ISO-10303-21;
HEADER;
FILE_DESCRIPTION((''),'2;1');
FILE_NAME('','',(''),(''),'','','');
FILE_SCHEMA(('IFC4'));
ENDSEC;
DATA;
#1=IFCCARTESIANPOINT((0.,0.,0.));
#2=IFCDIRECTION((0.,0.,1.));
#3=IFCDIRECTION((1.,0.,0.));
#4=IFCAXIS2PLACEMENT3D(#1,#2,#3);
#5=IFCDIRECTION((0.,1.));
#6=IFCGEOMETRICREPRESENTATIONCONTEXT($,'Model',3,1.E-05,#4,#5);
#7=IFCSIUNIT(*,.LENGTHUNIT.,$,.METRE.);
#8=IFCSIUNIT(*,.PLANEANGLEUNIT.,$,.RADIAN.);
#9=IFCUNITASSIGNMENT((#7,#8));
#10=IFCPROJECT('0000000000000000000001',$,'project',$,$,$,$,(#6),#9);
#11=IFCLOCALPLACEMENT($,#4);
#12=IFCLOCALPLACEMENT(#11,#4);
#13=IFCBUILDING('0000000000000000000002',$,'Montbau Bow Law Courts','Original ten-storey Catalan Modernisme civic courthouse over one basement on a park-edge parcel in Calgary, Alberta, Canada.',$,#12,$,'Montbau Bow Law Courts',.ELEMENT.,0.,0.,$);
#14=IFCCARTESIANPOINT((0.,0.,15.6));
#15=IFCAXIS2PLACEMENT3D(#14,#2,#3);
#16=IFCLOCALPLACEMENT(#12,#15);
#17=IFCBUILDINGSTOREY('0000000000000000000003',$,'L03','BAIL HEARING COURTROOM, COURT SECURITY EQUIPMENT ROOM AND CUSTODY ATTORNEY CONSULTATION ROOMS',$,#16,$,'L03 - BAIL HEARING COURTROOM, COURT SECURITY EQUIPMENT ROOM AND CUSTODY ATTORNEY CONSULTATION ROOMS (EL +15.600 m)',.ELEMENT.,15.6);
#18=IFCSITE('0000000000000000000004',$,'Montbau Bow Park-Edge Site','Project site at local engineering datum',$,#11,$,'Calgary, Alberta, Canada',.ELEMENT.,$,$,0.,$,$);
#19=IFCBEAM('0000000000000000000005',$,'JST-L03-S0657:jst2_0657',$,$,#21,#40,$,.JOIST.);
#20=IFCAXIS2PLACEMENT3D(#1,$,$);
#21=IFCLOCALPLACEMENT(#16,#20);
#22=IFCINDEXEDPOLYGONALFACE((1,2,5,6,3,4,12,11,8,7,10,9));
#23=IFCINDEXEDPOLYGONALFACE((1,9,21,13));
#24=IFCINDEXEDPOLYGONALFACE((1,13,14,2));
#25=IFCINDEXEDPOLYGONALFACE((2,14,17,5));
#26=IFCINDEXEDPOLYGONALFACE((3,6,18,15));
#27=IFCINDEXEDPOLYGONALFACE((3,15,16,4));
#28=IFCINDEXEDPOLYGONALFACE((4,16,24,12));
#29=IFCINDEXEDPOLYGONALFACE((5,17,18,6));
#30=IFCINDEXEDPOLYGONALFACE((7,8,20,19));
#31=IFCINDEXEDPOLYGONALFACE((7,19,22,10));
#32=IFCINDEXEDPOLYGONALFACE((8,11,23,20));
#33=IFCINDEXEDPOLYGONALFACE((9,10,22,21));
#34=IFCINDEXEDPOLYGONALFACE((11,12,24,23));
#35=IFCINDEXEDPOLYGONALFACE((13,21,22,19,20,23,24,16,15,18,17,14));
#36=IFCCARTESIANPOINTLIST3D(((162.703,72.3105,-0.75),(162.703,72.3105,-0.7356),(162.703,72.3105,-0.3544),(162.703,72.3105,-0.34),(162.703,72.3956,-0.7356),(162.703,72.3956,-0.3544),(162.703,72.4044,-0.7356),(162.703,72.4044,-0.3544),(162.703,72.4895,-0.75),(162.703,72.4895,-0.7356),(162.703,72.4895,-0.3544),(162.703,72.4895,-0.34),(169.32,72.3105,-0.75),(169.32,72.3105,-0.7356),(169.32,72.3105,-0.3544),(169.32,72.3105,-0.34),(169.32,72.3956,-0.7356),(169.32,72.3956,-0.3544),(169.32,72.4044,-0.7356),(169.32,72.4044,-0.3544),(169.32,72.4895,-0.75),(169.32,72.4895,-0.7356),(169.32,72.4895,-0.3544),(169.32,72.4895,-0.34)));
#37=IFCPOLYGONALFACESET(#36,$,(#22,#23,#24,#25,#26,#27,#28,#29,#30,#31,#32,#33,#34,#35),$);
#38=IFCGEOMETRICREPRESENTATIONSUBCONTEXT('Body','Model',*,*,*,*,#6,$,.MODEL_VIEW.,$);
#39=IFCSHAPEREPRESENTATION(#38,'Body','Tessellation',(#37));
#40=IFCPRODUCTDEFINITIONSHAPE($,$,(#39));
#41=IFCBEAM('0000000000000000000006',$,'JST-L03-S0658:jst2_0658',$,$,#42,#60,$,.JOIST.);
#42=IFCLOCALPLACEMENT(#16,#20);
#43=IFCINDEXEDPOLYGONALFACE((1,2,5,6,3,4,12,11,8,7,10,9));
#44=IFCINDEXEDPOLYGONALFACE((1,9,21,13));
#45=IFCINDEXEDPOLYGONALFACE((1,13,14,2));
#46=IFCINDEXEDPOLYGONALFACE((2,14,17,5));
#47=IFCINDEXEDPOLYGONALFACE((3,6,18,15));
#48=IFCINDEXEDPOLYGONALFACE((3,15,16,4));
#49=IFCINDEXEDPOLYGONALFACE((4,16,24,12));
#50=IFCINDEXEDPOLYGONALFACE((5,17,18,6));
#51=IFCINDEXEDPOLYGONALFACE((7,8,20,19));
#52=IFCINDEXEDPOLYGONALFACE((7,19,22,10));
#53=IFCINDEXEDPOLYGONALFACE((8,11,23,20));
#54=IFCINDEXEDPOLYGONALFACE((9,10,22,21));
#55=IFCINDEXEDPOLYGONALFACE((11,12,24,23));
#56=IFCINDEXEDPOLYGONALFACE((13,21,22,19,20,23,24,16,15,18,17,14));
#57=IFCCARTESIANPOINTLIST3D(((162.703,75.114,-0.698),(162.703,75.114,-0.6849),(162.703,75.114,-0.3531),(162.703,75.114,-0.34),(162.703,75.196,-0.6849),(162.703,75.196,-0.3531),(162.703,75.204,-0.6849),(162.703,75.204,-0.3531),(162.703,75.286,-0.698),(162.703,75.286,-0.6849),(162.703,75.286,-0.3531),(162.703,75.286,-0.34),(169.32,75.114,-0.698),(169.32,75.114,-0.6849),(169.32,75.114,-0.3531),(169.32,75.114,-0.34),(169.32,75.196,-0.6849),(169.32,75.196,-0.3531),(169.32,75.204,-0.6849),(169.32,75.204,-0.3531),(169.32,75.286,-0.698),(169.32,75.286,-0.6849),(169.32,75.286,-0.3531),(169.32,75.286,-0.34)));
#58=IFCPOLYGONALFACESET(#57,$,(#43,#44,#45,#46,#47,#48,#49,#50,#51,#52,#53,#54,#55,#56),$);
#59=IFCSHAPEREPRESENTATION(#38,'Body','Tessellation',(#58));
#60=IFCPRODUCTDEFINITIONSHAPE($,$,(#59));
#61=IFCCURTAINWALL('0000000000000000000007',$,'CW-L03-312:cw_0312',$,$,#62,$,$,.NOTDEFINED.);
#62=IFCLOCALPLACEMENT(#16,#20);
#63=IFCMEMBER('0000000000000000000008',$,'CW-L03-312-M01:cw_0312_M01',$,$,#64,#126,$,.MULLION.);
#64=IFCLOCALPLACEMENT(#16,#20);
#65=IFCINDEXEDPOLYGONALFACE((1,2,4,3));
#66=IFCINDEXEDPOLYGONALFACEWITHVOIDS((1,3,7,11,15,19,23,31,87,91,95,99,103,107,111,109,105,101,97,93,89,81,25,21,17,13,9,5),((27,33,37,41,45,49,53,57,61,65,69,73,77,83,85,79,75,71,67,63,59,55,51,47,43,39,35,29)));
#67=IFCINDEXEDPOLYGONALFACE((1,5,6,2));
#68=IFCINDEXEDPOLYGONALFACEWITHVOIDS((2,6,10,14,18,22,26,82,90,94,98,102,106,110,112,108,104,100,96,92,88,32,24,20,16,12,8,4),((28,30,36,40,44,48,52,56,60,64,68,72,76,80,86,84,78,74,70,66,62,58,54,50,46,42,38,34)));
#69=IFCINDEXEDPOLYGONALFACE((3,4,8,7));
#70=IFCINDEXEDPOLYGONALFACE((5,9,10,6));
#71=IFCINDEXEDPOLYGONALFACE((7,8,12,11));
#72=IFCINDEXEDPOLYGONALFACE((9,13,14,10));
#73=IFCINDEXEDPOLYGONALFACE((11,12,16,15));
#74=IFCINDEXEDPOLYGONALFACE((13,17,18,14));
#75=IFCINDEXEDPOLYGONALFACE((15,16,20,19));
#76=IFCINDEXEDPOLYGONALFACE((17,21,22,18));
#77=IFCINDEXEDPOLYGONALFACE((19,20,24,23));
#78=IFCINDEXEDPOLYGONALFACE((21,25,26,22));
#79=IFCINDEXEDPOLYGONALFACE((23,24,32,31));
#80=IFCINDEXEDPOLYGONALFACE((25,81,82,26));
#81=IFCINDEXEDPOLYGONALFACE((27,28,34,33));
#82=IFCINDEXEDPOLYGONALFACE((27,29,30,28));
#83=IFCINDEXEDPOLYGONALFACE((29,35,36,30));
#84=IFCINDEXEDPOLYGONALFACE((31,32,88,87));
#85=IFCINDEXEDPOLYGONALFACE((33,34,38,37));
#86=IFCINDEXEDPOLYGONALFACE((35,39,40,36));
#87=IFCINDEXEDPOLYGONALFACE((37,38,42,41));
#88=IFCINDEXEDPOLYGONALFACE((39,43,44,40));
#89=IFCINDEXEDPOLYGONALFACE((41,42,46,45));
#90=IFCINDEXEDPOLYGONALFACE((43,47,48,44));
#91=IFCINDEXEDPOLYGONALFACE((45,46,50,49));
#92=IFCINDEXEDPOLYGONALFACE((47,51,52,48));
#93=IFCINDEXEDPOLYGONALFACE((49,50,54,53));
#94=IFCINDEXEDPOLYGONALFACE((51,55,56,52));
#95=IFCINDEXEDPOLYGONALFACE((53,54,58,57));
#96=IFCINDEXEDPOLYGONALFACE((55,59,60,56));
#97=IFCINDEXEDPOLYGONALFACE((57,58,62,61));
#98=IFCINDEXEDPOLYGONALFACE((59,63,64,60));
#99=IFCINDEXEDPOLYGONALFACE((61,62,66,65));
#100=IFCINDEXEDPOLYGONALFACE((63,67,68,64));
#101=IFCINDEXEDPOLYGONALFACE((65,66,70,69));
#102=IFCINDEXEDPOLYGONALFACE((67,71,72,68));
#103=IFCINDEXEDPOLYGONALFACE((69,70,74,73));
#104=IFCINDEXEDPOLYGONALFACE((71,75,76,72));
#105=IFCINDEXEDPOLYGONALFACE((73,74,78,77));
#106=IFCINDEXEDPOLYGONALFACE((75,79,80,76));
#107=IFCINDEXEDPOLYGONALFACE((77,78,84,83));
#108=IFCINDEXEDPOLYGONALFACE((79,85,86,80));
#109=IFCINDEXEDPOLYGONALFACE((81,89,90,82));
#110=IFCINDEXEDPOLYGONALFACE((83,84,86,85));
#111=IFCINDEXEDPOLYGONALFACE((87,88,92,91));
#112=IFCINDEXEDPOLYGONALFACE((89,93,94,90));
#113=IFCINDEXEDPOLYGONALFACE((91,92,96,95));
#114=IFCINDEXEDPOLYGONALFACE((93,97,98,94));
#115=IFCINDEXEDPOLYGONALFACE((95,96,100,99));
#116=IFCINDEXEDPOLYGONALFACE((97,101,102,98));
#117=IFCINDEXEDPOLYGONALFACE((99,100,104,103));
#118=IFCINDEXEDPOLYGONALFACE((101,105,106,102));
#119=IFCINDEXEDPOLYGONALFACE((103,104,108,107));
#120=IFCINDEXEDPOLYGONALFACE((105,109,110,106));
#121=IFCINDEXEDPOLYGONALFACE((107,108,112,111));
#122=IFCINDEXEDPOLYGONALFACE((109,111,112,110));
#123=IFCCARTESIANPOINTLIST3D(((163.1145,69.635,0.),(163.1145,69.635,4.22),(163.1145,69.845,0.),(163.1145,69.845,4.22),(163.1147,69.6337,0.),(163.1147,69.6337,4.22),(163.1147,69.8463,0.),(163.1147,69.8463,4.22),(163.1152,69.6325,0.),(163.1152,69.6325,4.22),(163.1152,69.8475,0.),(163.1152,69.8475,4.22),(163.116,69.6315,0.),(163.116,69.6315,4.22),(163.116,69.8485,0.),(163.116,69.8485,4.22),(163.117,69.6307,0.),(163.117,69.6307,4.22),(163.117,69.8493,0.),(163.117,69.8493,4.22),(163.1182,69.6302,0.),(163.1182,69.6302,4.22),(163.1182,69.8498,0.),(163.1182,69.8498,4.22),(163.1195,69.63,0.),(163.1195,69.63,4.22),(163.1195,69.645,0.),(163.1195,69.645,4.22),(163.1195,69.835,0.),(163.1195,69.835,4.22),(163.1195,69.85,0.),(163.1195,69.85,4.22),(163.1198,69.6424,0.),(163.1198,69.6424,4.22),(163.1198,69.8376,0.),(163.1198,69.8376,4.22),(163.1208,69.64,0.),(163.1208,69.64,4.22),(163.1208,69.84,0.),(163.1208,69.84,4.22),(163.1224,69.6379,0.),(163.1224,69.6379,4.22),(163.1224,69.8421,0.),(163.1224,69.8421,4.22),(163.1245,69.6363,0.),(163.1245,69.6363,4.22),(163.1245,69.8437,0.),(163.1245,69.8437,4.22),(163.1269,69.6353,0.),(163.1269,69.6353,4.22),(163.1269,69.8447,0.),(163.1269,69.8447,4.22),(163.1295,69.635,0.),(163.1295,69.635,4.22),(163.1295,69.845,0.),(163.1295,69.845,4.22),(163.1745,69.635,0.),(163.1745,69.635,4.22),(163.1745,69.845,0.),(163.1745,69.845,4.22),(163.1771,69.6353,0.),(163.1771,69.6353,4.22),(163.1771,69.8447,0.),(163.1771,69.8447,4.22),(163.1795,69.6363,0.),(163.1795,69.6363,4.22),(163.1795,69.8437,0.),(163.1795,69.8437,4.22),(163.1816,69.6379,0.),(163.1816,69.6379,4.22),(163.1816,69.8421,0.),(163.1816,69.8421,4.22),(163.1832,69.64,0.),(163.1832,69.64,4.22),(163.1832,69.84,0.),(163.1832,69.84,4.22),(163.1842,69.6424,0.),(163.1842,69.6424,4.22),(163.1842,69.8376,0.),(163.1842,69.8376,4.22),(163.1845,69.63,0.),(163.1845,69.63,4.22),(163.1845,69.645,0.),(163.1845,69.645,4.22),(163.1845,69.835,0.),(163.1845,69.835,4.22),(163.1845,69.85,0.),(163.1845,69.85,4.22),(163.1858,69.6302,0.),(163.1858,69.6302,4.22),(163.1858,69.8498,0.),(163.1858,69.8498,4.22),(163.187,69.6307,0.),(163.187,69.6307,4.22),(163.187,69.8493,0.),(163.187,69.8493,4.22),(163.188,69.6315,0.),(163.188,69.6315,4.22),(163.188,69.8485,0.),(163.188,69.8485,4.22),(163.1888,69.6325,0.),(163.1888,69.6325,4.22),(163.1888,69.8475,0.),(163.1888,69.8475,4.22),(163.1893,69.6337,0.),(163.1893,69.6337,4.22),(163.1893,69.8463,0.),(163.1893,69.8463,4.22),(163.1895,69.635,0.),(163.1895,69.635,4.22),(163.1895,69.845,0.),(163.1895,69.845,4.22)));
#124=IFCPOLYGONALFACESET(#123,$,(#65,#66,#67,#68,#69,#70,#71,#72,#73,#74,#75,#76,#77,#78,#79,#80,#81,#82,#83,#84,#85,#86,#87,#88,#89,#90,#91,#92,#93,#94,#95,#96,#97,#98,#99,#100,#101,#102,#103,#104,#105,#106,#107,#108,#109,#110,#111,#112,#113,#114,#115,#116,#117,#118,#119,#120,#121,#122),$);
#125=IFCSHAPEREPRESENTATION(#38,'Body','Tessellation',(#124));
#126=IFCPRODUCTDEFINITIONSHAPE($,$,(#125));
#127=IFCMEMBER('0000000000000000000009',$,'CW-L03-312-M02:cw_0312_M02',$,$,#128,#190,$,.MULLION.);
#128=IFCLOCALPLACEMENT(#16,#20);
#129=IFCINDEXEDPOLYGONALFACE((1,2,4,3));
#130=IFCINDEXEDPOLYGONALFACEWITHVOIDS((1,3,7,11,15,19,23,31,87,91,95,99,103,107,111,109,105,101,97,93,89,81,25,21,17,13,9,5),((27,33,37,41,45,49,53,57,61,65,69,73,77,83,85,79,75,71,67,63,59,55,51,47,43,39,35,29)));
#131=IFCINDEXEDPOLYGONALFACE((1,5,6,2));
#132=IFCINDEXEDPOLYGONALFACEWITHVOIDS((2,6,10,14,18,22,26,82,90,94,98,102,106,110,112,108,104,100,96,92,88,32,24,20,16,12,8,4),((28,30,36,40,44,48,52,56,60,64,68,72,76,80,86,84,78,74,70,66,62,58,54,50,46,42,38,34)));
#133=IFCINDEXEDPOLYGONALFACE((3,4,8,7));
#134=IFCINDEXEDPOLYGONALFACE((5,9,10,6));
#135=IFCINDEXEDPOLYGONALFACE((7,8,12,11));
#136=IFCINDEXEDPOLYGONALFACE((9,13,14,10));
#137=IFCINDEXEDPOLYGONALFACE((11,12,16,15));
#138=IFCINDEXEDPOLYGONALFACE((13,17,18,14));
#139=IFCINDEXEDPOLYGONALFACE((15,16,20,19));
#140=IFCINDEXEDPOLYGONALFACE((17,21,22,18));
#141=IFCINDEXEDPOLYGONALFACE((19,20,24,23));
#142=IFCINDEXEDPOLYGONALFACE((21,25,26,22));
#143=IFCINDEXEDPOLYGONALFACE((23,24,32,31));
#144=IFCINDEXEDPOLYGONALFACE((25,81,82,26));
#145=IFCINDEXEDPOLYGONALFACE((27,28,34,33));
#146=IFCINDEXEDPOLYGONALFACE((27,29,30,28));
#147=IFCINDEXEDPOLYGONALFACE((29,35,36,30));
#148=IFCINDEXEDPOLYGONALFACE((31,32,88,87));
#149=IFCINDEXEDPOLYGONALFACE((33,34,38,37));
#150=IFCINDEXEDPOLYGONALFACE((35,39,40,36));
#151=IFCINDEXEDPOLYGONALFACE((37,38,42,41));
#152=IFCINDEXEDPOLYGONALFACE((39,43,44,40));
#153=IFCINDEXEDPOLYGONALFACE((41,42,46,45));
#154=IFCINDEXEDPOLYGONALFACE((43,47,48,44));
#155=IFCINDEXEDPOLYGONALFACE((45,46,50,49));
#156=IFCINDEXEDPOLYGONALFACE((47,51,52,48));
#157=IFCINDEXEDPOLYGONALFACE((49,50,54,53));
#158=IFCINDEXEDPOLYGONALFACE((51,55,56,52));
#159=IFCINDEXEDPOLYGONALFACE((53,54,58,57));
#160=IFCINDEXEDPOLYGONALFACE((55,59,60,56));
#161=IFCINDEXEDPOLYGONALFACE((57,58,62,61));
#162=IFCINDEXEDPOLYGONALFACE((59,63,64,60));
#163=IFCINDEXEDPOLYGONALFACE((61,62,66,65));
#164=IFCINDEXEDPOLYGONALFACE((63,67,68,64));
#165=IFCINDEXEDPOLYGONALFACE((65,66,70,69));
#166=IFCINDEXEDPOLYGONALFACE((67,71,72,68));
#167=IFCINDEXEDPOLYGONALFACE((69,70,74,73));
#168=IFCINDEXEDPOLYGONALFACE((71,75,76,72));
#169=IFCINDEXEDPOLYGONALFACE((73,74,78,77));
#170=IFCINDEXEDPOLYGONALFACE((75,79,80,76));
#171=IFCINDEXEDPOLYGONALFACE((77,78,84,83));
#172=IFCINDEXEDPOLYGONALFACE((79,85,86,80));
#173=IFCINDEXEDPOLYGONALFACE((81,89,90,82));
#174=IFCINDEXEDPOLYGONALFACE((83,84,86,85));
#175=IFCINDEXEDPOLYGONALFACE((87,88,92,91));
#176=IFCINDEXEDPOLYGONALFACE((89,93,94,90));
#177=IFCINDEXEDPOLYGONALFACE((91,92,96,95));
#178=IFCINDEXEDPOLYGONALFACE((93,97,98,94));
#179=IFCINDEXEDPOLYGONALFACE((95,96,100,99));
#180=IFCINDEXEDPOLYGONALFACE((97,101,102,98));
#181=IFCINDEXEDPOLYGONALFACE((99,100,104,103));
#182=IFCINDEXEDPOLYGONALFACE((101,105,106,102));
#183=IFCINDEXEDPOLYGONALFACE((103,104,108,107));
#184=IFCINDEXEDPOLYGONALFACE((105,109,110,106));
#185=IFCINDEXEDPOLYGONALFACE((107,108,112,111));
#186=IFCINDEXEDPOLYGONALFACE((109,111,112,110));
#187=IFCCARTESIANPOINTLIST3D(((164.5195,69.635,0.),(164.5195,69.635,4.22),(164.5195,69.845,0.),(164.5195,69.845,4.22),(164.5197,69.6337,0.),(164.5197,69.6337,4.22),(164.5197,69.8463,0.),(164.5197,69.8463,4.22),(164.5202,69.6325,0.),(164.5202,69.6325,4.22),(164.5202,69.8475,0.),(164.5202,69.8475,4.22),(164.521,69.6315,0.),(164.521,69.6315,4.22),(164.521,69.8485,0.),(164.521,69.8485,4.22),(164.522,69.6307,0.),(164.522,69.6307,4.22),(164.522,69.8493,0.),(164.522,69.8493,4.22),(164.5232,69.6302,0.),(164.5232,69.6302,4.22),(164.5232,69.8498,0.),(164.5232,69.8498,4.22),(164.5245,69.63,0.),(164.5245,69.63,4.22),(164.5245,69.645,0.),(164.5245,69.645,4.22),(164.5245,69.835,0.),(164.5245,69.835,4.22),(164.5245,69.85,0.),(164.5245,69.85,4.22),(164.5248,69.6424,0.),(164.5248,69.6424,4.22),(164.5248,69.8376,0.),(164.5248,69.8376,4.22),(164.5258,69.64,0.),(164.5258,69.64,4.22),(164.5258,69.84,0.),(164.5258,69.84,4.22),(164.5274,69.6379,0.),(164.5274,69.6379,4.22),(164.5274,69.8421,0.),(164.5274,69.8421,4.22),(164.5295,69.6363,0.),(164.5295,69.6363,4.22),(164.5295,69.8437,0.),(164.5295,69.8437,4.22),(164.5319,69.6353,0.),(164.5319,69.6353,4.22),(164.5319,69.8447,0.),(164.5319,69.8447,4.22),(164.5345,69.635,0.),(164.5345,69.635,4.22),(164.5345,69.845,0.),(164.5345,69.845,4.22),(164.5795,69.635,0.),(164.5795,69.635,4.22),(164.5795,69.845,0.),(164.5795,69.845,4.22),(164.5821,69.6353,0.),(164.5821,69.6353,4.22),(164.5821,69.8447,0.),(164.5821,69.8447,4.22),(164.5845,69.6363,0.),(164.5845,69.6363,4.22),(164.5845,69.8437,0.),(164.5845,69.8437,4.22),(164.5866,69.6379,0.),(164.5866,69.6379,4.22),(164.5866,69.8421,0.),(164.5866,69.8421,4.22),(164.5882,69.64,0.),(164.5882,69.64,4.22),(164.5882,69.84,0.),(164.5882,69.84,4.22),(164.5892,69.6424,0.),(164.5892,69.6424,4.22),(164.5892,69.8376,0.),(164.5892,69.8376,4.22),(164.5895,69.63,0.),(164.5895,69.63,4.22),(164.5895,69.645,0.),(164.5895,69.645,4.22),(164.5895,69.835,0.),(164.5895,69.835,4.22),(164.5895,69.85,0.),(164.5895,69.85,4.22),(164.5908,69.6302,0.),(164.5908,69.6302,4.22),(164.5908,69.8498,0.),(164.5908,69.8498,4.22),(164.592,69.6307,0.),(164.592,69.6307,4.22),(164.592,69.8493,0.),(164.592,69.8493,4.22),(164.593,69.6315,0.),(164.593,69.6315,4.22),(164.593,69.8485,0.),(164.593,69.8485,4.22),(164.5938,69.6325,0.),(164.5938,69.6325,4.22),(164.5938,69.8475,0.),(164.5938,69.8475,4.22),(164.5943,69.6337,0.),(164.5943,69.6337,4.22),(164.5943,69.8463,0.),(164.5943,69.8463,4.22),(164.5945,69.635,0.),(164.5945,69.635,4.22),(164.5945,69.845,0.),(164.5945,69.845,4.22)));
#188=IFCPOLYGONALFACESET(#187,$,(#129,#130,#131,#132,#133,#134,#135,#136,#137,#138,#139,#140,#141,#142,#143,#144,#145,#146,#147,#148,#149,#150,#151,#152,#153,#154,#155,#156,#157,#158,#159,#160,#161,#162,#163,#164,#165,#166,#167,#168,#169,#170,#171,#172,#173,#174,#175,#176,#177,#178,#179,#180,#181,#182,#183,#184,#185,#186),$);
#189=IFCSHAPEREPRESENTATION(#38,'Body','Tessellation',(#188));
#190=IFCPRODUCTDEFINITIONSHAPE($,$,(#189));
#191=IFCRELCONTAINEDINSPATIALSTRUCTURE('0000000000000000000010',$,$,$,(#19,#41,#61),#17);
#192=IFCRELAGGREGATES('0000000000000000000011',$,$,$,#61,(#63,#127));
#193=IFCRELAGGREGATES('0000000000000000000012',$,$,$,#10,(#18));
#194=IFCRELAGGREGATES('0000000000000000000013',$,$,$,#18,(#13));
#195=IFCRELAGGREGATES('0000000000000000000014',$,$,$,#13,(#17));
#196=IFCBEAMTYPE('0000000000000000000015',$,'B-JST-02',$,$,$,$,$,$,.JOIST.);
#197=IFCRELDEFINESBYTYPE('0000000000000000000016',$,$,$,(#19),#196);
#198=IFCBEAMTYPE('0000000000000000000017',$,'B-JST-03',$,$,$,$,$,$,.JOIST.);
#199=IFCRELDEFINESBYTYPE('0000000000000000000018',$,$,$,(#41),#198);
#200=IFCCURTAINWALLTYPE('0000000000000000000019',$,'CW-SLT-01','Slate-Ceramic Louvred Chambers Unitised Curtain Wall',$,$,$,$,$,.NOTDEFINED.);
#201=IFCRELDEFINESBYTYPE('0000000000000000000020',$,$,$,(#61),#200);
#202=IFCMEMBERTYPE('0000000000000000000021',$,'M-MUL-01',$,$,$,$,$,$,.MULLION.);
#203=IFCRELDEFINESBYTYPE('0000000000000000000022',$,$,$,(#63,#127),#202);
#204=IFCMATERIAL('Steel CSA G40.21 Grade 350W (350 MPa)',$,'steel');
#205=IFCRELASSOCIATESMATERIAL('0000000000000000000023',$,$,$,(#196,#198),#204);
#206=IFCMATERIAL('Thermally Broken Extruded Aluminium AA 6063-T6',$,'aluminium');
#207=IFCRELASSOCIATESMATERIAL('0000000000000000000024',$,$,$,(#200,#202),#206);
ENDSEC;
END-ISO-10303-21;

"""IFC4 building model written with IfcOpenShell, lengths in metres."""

from ifc_helpers import new_model, si_unit, direction, frame, origin_with_axes, origin_2d_with_axis, place, context, subcontext, project, spatial, hollow_rectangle, i_section, extrude, material, material_profile, profile_set, type_object, element, aggregate, save


model = new_model("IFC4")

# Units and contexts
model_context = context("Model", 3, precision=1e-05, world=origin_with_axes(), true_north=direction((0.0, 1.0)))
body_context = subcontext(model_context, "Body", "Model", "MODEL_VIEW")
ifc_project = project(units=[si_unit("LENGTHUNIT", "METRE"), si_unit("PLANEANGLEUNIT", "RADIAN")], contexts=[model_context])

# Site, building, storey
site_placement = place(None, origin_with_axes())
site = spatial("IfcSite", under=ifc_project, at=site_placement, Name="Montbau Bow Park-Edge Site", Description="Project site at local engineering datum", LongName="Calgary, Alberta, Canada", CompositionType="ELEMENT", RefElevation=0.0)
building_placement = place(site_placement, origin_with_axes())
building = spatial("IfcBuilding", under=site, at=building_placement, Name="Montbau Bow Law Courts", Description="Original ten-storey Catalan Modernisme civic courthouse over one basement on a park-edge parcel in Calgary, Alberta, Canada.", LongName="Montbau Bow Law Courts", CompositionType="ELEMENT", ElevationOfRefHeight=0.0, ElevationOfTerrain=0.0)
storey_placement = place(building_placement, frame((0.0, 0.0, 15.6), z_axis=(0.0, 0.0, 1.0), x_axis=(1.0, 0.0, 0.0)))
storey = spatial("IfcBuildingStorey", under=building, at=storey_placement, Name="L03", Description="BAIL HEARING COURTROOM, COURT SECURITY EQUIPMENT ROOM AND CUSTODY ATTORNEY CONSULTATION ROOMS", LongName="L03 - BAIL HEARING COURTROOM, COURT SECURITY EQUIPMENT ROOM AND CUSTODY ATTORNEY CONSULTATION ROOMS (EL +15.600 m)", CompositionType="ELEMENT", Elevation=15.6)

# Beams
ifc_material_1 = material(Name="Steel CSA G40.21 Grade 350W (350 MPa)", Category="steel")
ifc_material_profile_1 = material_profile(ifc_material_1, i_section(OverallWidth=0.179, OverallDepth=0.41, WebThickness=0.0088, FlangeThickness=0.0144, at=origin_2d_with_axis()), Name="W410X67", Category="Main", Priority=0)
ifc_profile_set_1 = profile_set([ifc_material_profile_1], Name="Steel CSA G40.21 Grade 350W (350 MPa)")
beam_type_1 = type_object("IfcBeamType", Name="B-JST-02", PredefinedType="JOIST", material=ifc_profile_set_1)
beam_1_placement = place(None, frame((162.703, 72.4, 15.055), z_axis=(1.0, 0.0, 0.0), x_axis=(0.0, 1.0, 0.0)))
element("IfcBeam", 1, at=beam_1_placement, inside=storey, type_object=beam_type_1, Name="JST-L03-S0657:jst2_0657", PredefinedType="JOIST", context=body_context, shape_type="SweptSolid", body=[
    extrude(i_section(OverallWidth=0.179, OverallDepth=0.41, WebThickness=0.0088, FlangeThickness=0.0144, at=origin_2d_with_axis()), origin_with_axes(), (0.0, 0.0, 1.0), 6.617),
])
ifc_material_profile_2 = material_profile(ifc_material_1, i_section(OverallWidth=0.172, OverallDepth=0.358, WebThickness=0.0079, FlangeThickness=0.0131, at=origin_2d_with_axis()), Name="W360X57", Category="Main", Priority=0)
ifc_profile_set_2 = profile_set([ifc_material_profile_2], Name="Steel CSA G40.21 Grade 350W (350 MPa)")
beam_type_2 = type_object("IfcBeamType", Name="B-JST-03", PredefinedType="JOIST", material=ifc_profile_set_2)
beam_2_placement = place(None, frame((162.703, 75.2, 15.081), z_axis=(1.0, 0.0, 0.0), x_axis=(0.0, 1.0, 0.0)))
element("IfcBeam", 2, at=beam_2_placement, inside=storey, type_object=beam_type_2, Name="JST-L03-S0658:jst2_0658", PredefinedType="JOIST", context=body_context, shape_type="SweptSolid", body=[
    extrude(i_section(OverallWidth=0.172, OverallDepth=0.358, WebThickness=0.0079, FlangeThickness=0.0131, at=origin_2d_with_axis()), origin_with_axes(), (0.0, 0.0, 1.0), 6.617),
])

# Curtain wall, members
ifc_material_2 = material(Name="Thermally Broken Extruded Aluminium AA 6063-T6", Category="aluminium")
curtain_wall_type = type_object("IfcCurtainWallType", Name="CW-SLT-01", Description="Slate-Ceramic Louvred Chambers Unitised Curtain Wall", PredefinedType="NOTDEFINED", material=ifc_material_2)
curtain_wall_1_placement = place(None, frame((163.115, 69.74, 15.6), z_axis=(0.0, 0.0, 1.0), x_axis=(1.0, 0.0, 0.0)))
curtain_wall_1 = element("IfcCurtainWall", 3, at=curtain_wall_1_placement, inside=storey, type_object=curtain_wall_type, Name="CW-L03-312:cw_0312", PredefinedType="NOTDEFINED")
ifc_material_profile_3 = material_profile(ifc_material_2, hollow_rectangle(XDim=0.075, YDim=0.22, WallThickness=0.005, InnerFilletRadius=0.01, OuterFilletRadius=0.005, at=origin_2d_with_axis()), Name="CWM-220X75", Category="Main", Priority=0)
ifc_profile_set_3 = profile_set([ifc_material_profile_3], Name="Thermally Broken Extruded Aluminium AA 6063-T6")
member_type_1 = type_object("IfcMemberType", Name="M-MUL-01", PredefinedType="MULLION", material=ifc_profile_set_3)
member_1_placement = place(None, frame((163.152, 69.74, 15.6), z_axis=(0.0, 0.0, 1.0), x_axis=(1.0, 0.0, 0.0)))
member_1 = element("IfcMember", 4, at=member_1_placement, type_object=member_type_1, Name="CW-L03-312-M01:cw_0312_M01", PredefinedType="MULLION", context=body_context, shape_type="SweptSolid", body=[
    extrude(hollow_rectangle(XDim=0.075, YDim=0.22, WallThickness=0.005, InnerFilletRadius=0.01, OuterFilletRadius=0.005, at=origin_2d_with_axis()), origin_with_axes(), (0.0, 0.0, 1.0), 4.22),
])
member_2_placement = place(None, frame((164.557, 69.74, 15.6), z_axis=(0.0, 0.0, 1.0), x_axis=(1.0, 0.0, 0.0)))
member_2 = element("IfcMember", 5, at=member_2_placement, type_object=member_type_1, Name="CW-L03-312-M02:cw_0312_M02", PredefinedType="MULLION", context=body_context, shape_type="SweptSolid", body=[
    extrude(hollow_rectangle(XDim=0.075, YDim=0.22, WallThickness=0.005, InnerFilletRadius=0.01, OuterFilletRadius=0.005, at=origin_2d_with_axis()), origin_with_axes(), (0.0, 0.0, 1.0), 4.22),
])

aggregate(curtain_wall_1, [member_1, member_2])

save(model, "model.ifc")
